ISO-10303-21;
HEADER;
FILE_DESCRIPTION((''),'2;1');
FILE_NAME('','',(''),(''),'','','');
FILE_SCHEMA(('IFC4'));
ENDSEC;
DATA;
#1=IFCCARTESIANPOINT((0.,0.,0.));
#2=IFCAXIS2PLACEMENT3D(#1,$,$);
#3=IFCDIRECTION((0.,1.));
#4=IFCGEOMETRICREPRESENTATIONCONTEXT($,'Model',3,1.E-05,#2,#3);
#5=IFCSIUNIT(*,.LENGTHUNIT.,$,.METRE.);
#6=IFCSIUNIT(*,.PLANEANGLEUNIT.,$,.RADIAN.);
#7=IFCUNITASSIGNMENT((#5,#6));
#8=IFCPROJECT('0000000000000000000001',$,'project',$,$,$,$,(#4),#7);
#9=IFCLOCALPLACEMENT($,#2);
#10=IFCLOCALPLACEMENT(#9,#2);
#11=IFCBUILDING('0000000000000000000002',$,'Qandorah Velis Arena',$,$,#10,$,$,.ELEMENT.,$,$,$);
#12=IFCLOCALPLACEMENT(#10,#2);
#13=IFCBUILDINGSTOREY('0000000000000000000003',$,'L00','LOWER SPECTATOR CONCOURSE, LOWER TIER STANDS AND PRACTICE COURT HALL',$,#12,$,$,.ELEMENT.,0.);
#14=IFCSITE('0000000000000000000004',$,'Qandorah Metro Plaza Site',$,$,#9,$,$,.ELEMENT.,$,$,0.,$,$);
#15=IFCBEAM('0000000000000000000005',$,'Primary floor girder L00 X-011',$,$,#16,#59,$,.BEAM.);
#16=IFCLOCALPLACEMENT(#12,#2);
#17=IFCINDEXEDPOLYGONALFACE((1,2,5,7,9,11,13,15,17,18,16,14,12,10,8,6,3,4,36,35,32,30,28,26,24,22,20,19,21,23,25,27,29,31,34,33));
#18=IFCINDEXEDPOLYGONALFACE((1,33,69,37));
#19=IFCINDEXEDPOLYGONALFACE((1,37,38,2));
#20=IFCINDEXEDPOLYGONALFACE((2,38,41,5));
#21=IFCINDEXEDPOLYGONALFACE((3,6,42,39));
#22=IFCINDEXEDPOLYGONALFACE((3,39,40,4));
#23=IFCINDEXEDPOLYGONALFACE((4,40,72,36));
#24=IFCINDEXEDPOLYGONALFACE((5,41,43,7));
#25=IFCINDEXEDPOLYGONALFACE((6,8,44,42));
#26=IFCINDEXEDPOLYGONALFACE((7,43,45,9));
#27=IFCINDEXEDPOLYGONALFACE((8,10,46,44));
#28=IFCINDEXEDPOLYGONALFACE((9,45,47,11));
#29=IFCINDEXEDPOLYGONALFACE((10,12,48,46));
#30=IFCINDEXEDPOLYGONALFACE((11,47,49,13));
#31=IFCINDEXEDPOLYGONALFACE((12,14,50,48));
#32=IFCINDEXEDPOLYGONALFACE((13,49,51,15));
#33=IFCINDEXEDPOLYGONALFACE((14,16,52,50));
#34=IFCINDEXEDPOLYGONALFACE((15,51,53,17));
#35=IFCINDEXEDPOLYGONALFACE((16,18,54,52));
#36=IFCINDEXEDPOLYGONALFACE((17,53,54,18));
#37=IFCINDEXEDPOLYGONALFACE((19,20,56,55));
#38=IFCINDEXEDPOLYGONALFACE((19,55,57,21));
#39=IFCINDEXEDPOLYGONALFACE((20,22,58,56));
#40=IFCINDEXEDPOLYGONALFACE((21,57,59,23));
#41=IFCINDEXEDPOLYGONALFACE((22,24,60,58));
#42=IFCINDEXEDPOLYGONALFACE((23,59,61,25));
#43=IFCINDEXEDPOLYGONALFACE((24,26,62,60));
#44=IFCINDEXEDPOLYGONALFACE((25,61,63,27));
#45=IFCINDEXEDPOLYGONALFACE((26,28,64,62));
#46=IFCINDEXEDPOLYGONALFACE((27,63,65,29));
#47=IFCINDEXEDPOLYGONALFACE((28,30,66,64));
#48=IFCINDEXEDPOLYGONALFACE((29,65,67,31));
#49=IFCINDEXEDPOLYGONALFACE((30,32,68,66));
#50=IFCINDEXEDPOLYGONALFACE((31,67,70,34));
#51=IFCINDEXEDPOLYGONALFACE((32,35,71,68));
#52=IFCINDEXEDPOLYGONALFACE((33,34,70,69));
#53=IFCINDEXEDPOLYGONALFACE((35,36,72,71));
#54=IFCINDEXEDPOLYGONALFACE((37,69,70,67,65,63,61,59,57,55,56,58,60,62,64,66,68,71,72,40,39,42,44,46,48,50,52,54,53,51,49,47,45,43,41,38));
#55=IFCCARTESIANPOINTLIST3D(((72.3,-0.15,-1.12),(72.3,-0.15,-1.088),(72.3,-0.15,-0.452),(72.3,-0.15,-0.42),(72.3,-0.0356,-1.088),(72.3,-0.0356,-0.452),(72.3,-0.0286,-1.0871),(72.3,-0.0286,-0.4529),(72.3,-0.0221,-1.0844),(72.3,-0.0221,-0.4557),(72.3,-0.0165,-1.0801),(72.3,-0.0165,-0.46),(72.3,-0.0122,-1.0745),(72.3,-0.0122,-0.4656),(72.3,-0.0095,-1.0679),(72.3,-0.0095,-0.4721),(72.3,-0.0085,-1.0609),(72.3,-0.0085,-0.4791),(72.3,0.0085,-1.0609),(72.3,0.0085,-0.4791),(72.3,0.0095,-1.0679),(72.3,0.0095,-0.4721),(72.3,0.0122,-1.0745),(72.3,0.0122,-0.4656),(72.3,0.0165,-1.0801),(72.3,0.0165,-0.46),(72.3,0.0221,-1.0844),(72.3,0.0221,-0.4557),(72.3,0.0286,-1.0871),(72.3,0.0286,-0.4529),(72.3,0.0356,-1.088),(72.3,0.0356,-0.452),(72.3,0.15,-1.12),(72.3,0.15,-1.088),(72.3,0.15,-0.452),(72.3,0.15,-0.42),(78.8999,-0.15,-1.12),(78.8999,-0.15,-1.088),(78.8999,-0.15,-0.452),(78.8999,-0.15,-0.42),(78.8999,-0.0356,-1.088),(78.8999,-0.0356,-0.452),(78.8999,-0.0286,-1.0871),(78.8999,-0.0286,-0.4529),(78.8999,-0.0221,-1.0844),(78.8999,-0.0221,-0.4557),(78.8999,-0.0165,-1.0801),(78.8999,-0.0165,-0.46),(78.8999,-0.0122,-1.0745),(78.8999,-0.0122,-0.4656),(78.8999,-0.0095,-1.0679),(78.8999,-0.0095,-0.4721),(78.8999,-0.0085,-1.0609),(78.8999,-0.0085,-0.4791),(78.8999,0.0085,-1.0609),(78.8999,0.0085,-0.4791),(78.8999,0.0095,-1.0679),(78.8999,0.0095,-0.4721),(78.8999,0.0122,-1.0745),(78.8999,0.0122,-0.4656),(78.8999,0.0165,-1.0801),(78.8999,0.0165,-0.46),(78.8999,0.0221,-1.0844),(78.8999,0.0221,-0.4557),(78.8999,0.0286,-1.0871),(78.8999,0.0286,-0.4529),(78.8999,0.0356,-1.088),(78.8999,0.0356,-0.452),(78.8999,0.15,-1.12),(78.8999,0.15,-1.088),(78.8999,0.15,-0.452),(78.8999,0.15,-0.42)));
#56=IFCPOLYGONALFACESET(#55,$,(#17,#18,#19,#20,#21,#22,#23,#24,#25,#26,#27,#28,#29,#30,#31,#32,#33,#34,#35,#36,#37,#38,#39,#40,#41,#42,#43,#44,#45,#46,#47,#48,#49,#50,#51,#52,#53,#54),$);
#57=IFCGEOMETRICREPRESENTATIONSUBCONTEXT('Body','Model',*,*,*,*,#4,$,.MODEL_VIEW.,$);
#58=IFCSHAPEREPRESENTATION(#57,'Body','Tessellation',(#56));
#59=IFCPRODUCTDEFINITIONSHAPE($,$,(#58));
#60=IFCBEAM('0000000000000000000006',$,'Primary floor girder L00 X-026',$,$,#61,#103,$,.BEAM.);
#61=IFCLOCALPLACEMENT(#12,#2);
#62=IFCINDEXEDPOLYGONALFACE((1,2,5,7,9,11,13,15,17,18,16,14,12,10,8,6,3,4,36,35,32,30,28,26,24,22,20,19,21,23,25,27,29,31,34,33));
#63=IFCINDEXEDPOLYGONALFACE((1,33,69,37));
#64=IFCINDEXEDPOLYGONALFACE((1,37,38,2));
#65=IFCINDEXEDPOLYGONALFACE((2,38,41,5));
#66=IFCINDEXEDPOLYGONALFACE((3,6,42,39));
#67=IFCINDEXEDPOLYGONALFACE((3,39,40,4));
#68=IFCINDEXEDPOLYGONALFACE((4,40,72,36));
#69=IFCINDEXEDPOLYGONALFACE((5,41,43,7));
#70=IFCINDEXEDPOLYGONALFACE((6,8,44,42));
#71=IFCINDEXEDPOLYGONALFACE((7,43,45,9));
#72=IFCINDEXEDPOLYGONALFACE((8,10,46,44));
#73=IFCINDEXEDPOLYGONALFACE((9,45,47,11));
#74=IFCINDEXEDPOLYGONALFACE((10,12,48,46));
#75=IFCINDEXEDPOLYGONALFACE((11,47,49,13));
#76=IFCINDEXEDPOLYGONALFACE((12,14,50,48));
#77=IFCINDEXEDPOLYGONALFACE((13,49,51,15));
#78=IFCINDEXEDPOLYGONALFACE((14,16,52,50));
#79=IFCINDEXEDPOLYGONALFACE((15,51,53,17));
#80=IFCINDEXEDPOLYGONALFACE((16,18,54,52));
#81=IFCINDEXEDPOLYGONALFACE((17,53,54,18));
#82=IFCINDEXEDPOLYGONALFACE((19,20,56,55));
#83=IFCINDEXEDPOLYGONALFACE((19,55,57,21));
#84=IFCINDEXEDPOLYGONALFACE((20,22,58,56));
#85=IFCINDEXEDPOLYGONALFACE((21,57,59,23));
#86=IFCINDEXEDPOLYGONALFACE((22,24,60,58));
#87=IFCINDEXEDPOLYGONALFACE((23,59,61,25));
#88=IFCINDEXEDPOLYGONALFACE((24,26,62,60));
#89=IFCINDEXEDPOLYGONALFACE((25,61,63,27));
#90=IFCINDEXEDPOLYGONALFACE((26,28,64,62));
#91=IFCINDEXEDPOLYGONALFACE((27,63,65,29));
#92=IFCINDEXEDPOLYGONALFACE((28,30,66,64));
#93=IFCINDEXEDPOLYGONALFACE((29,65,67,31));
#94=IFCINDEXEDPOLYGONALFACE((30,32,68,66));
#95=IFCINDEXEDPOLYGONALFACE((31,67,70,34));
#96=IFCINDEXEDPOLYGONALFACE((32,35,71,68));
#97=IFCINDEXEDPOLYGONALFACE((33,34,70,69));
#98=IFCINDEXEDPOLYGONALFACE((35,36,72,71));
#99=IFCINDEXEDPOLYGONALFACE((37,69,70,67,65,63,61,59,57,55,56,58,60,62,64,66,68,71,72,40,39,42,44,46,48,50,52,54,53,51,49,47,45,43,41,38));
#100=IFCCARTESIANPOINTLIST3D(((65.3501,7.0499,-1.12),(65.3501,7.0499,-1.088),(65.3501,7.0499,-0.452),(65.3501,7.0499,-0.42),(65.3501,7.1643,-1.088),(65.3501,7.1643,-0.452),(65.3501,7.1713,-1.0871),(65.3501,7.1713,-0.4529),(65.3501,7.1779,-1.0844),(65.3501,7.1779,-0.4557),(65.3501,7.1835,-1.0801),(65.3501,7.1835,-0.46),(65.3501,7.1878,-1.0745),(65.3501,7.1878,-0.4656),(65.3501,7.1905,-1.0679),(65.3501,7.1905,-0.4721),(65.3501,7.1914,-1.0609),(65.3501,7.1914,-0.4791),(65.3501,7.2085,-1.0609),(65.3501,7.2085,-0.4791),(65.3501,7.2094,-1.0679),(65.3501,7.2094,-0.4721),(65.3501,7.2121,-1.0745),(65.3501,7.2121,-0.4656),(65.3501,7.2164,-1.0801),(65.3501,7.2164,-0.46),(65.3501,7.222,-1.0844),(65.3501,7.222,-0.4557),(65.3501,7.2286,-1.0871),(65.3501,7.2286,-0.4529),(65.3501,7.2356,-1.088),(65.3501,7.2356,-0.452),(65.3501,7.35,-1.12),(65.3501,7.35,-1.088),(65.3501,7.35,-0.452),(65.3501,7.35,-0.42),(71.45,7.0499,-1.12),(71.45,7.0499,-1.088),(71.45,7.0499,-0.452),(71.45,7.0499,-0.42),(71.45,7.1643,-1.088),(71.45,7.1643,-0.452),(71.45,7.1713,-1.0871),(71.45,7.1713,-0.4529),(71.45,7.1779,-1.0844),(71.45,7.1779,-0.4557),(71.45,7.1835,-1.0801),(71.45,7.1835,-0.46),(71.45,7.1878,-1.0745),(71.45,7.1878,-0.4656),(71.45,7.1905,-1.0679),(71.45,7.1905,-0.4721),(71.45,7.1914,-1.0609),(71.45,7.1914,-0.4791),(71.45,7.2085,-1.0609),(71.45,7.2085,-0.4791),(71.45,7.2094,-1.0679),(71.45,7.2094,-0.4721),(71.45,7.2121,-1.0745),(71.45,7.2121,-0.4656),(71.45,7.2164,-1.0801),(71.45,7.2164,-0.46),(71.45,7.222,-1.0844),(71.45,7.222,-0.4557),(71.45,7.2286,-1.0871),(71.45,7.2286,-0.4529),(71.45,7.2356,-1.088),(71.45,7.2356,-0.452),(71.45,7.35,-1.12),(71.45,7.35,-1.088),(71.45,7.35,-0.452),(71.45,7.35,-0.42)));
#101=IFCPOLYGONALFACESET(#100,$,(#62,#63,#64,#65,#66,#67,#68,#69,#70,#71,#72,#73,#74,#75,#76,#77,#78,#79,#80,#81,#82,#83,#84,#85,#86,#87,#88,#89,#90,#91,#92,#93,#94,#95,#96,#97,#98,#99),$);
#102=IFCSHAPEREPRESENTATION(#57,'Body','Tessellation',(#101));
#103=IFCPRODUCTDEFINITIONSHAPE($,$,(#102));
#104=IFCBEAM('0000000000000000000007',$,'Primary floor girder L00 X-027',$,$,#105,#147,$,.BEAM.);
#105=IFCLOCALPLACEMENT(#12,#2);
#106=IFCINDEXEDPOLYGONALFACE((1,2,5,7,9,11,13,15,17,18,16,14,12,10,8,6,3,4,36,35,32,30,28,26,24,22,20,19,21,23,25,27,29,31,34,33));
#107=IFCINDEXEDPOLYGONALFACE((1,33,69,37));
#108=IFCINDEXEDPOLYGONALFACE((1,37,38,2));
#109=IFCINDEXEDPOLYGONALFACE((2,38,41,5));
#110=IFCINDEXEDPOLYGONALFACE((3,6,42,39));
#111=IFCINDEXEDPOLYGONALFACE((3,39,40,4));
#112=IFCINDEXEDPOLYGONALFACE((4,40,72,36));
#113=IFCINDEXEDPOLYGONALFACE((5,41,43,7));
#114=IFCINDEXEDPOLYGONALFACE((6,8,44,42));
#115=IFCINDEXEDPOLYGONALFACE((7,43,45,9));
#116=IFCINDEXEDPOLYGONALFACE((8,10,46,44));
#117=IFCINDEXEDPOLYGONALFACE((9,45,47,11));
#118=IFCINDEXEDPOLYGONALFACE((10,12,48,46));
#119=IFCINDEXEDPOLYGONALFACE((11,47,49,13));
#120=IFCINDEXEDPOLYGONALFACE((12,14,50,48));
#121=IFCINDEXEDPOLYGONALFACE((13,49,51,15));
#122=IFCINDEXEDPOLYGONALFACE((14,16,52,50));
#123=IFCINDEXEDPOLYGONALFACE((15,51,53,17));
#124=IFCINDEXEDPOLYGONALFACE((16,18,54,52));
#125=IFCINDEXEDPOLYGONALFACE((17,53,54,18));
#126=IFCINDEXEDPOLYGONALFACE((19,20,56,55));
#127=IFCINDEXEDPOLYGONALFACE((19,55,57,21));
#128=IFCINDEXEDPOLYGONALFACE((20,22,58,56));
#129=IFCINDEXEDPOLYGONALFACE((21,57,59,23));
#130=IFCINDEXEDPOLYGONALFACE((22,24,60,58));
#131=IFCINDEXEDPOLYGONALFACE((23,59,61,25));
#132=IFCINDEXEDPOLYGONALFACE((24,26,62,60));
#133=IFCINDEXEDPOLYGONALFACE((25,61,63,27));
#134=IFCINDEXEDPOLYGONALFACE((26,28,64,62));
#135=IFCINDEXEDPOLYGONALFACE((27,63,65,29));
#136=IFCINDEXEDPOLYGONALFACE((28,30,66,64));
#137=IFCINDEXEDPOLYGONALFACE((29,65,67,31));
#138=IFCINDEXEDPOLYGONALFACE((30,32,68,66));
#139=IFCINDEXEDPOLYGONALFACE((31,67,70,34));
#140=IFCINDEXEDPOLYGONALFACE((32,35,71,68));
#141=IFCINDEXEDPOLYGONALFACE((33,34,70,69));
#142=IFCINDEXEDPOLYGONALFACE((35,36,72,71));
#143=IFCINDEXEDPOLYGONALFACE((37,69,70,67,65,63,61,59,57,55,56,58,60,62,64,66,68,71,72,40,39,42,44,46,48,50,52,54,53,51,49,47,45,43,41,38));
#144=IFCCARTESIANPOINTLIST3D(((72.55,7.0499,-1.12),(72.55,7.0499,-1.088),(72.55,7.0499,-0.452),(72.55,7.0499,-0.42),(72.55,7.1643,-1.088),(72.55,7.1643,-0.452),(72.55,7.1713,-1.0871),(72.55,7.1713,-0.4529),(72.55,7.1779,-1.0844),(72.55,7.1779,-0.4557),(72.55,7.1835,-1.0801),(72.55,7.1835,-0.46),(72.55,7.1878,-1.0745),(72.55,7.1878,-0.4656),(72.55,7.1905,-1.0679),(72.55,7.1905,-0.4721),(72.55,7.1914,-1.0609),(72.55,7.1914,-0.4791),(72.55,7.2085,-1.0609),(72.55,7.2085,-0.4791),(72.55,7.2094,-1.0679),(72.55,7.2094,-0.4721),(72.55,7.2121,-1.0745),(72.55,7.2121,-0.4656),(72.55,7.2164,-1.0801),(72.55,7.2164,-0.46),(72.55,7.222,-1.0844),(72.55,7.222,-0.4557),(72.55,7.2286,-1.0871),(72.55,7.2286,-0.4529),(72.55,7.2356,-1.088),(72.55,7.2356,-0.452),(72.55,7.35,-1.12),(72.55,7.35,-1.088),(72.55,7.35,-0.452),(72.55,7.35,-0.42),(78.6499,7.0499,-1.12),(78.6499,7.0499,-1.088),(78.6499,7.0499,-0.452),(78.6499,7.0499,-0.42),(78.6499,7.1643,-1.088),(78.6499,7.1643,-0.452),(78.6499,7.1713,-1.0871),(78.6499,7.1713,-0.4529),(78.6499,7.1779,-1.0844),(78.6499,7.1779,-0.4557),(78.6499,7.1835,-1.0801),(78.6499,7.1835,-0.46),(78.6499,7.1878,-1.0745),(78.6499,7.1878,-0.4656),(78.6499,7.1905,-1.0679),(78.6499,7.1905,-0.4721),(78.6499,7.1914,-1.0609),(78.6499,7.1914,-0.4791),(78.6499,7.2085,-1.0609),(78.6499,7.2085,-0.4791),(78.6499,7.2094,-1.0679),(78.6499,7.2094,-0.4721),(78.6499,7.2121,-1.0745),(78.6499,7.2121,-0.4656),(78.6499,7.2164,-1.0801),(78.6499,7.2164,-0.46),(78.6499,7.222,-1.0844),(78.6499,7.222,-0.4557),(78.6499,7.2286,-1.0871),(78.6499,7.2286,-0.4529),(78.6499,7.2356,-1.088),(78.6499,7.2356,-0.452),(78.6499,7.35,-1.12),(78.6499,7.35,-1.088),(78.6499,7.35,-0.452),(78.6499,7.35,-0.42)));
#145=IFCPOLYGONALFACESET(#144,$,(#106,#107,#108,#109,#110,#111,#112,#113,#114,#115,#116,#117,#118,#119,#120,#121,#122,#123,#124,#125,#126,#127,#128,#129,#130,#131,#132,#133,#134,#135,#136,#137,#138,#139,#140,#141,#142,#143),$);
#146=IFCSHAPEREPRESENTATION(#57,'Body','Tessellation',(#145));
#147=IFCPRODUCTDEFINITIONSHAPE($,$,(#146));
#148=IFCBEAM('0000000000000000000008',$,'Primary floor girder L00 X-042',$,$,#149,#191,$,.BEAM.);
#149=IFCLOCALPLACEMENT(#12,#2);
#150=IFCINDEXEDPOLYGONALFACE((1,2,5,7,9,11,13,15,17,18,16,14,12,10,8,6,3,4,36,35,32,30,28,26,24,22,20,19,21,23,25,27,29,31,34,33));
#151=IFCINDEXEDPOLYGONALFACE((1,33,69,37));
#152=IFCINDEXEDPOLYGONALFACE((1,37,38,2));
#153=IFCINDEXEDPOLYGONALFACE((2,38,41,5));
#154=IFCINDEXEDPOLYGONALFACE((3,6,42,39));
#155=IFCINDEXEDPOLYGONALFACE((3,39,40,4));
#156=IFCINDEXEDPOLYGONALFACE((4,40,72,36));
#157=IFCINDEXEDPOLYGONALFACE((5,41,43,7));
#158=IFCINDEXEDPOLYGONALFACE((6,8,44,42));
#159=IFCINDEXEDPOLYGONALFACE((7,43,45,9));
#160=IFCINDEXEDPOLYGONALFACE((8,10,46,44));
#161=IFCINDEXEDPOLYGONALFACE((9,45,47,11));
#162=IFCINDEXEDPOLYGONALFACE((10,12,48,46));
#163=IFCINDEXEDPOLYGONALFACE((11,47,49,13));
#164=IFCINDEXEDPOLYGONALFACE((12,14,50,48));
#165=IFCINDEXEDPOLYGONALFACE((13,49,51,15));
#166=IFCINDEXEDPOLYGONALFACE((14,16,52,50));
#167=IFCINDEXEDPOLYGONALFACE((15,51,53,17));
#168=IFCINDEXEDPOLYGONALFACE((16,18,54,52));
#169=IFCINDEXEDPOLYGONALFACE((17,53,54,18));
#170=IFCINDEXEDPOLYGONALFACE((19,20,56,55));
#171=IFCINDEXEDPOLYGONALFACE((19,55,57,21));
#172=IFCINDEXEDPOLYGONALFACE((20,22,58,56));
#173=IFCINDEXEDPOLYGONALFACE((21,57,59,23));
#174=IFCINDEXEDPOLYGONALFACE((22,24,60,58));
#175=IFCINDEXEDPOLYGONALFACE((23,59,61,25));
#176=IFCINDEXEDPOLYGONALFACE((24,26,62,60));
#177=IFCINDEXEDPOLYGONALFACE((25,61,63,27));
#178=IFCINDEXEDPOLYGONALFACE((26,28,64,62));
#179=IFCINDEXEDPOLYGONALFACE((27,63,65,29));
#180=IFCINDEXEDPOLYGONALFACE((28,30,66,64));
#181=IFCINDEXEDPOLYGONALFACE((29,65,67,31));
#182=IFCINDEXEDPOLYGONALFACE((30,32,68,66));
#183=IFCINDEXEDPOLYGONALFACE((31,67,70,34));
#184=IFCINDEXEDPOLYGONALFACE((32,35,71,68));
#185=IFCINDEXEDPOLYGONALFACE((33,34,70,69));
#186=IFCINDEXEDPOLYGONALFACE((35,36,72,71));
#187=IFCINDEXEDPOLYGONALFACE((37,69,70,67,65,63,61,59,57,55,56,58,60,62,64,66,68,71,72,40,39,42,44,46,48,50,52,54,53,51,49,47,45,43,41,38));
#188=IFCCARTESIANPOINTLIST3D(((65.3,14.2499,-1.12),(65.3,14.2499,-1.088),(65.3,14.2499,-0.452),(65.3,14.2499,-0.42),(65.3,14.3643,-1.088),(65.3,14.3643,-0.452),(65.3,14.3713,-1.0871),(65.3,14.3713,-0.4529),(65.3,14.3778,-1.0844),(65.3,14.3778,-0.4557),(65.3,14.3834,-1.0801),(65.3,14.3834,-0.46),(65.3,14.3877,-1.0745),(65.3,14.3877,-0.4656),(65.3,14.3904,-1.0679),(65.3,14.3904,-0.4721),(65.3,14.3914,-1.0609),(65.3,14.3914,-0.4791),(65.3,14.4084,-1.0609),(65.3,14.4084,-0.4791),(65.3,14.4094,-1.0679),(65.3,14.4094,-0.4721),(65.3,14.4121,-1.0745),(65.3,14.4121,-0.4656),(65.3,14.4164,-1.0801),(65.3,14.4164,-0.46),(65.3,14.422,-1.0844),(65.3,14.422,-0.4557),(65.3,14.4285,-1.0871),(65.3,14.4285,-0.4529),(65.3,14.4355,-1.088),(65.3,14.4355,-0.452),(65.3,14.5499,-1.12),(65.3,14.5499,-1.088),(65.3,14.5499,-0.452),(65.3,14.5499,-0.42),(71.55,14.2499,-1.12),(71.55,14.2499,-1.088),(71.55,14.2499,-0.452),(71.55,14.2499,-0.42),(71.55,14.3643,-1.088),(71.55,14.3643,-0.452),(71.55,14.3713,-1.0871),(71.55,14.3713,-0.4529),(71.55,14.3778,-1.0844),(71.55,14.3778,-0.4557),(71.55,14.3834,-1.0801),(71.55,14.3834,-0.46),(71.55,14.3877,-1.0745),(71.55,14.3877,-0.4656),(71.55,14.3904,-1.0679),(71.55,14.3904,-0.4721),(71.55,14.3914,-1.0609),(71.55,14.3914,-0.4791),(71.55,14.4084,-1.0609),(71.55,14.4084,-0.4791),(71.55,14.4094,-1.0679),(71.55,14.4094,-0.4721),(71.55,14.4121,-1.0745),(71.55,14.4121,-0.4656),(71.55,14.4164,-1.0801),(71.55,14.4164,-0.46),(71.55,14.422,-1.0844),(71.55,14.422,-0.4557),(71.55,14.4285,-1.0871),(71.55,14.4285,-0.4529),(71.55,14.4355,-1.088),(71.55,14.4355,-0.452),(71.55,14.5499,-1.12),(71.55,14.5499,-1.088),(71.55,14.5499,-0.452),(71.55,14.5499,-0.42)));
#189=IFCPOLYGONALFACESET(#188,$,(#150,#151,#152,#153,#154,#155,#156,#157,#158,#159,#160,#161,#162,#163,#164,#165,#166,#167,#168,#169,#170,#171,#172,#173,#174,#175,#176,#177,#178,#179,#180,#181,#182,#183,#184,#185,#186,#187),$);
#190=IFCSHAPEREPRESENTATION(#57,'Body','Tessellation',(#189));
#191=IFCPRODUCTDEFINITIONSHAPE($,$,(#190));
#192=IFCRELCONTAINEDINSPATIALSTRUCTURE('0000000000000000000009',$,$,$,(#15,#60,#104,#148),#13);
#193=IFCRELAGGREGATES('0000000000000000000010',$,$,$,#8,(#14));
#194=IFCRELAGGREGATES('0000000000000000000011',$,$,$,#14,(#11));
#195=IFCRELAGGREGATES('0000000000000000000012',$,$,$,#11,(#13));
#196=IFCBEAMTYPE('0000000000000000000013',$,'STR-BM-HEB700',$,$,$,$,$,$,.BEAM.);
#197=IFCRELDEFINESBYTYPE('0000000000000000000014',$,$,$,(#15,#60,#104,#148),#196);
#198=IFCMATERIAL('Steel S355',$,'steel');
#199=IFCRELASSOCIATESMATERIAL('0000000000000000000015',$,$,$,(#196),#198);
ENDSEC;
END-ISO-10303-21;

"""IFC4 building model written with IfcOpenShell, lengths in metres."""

from ifc_helpers import new_model, si_unit, direction, frame, origin, origin_2d, place, context, subcontext, project, spatial, i_section, extrude, material, material_profile, profile_set, type_object, element, save


model = new_model("IFC4")

# Units and contexts
model_context = context("Model", 3, precision=1e-05, world=origin(), true_north=direction((0.0, 1.0)))
body_context = subcontext(model_context, "Body", "Model", "MODEL_VIEW")
ifc_project = project(units=[si_unit("LENGTHUNIT", "METRE"), si_unit("PLANEANGLEUNIT", "RADIAN")], contexts=[model_context])

# Site, building, storey
site_placement = place(None, origin())
site = spatial("IfcSite", under=ifc_project, at=site_placement, Name="Qandorah Metro Plaza Site", CompositionType="ELEMENT", RefElevation=0.0)
building_placement = place(site_placement, origin())
building = spatial("IfcBuilding", under=site, at=building_placement, Name="Qandorah Velis Arena", CompositionType="ELEMENT")
storey_placement = place(building_placement, origin())
storey = spatial("IfcBuildingStorey", under=building, at=storey_placement, Name="L00", Description="LOWER SPECTATOR CONCOURSE, LOWER TIER STANDS AND PRACTICE COURT HALL", CompositionType="ELEMENT", Elevation=0.0)

# Beams
ifc_material_1 = material(Name="Steel S355", Category="steel")
ifc_material_profile_1 = material_profile(ifc_material_1, i_section(OverallWidth=0.3, OverallDepth=0.7, WebThickness=0.0171, FlangeThickness=0.032, FilletRadius=0.0271, at=origin_2d()), Name="HEB 700")
ifc_profile_set_1 = profile_set([ifc_material_profile_1], Name="Steel S355")
beam_type_1 = type_object("IfcBeamType", Name="STR-BM-HEB700", PredefinedType="BEAM", material=ifc_profile_set_1)
for number, where, z_axis, x_axis, name in (
    (1, (72.3, 0.0, -0.77), (1.0, 0.0, 0.0), (0.0, 1.0, 0.0), "Primary floor girder L00 X-011"),
):
    element("IfcBeam", number, at=place(storey_placement, frame(where, z_axis=z_axis, x_axis=x_axis)), inside=storey, type_object=beam_type_1, Name=name, PredefinedType="BEAM", context=body_context, shape_type="SweptSolid", body=[
        extrude(i_section(OverallWidth=0.3, OverallDepth=0.7, WebThickness=0.0171, FlangeThickness=0.032, FilletRadius=0.0271, at=origin_2d()), origin(), (0.0, 0.0, 1.0), 6.5999),
    ])
for number, where, z_axis, x_axis, name in (
    (2, (65.3501, 7.2, -0.77), (1.0, 0.0, 0.0), (0.0, 1.0, 0.0), "Primary floor girder L00 X-026"),
    (3, (72.55, 7.2, -0.77), (1.0, 0.0, 0.0), (0.0, 1.0, 0.0), "Primary floor girder L00 X-027"),
):
    element("IfcBeam", number, at=place(storey_placement, frame(where, z_axis=z_axis, x_axis=x_axis)), inside=storey, type_object=beam_type_1, Name=name, PredefinedType="BEAM", context=body_context, shape_type="SweptSolid", body=[
        extrude(i_section(OverallWidth=0.3, OverallDepth=0.7, WebThickness=0.0171, FlangeThickness=0.032, FilletRadius=0.0271, at=origin_2d()), origin(), (0.0, 0.0, 1.0), 6.0999),
    ])
for number, where, z_axis, x_axis, name in (
    (4, (65.3, 14.3999, -0.77), (1.0, 0.0, 0.0), (0.0, 1.0, 0.0), "Primary floor girder L00 X-042"),
):
    element("IfcBeam", number, at=place(storey_placement, frame(where, z_axis=z_axis, x_axis=x_axis)), inside=storey, type_object=beam_type_1, Name=name, PredefinedType="BEAM", context=body_context, shape_type="SweptSolid", body=[
        extrude(i_section(OverallWidth=0.3, OverallDepth=0.7, WebThickness=0.0171, FlangeThickness=0.032, FilletRadius=0.0271, at=origin_2d()), origin(), (0.0, 0.0, 1.0), 6.25),
    ])

save(model, "model.ifc")
